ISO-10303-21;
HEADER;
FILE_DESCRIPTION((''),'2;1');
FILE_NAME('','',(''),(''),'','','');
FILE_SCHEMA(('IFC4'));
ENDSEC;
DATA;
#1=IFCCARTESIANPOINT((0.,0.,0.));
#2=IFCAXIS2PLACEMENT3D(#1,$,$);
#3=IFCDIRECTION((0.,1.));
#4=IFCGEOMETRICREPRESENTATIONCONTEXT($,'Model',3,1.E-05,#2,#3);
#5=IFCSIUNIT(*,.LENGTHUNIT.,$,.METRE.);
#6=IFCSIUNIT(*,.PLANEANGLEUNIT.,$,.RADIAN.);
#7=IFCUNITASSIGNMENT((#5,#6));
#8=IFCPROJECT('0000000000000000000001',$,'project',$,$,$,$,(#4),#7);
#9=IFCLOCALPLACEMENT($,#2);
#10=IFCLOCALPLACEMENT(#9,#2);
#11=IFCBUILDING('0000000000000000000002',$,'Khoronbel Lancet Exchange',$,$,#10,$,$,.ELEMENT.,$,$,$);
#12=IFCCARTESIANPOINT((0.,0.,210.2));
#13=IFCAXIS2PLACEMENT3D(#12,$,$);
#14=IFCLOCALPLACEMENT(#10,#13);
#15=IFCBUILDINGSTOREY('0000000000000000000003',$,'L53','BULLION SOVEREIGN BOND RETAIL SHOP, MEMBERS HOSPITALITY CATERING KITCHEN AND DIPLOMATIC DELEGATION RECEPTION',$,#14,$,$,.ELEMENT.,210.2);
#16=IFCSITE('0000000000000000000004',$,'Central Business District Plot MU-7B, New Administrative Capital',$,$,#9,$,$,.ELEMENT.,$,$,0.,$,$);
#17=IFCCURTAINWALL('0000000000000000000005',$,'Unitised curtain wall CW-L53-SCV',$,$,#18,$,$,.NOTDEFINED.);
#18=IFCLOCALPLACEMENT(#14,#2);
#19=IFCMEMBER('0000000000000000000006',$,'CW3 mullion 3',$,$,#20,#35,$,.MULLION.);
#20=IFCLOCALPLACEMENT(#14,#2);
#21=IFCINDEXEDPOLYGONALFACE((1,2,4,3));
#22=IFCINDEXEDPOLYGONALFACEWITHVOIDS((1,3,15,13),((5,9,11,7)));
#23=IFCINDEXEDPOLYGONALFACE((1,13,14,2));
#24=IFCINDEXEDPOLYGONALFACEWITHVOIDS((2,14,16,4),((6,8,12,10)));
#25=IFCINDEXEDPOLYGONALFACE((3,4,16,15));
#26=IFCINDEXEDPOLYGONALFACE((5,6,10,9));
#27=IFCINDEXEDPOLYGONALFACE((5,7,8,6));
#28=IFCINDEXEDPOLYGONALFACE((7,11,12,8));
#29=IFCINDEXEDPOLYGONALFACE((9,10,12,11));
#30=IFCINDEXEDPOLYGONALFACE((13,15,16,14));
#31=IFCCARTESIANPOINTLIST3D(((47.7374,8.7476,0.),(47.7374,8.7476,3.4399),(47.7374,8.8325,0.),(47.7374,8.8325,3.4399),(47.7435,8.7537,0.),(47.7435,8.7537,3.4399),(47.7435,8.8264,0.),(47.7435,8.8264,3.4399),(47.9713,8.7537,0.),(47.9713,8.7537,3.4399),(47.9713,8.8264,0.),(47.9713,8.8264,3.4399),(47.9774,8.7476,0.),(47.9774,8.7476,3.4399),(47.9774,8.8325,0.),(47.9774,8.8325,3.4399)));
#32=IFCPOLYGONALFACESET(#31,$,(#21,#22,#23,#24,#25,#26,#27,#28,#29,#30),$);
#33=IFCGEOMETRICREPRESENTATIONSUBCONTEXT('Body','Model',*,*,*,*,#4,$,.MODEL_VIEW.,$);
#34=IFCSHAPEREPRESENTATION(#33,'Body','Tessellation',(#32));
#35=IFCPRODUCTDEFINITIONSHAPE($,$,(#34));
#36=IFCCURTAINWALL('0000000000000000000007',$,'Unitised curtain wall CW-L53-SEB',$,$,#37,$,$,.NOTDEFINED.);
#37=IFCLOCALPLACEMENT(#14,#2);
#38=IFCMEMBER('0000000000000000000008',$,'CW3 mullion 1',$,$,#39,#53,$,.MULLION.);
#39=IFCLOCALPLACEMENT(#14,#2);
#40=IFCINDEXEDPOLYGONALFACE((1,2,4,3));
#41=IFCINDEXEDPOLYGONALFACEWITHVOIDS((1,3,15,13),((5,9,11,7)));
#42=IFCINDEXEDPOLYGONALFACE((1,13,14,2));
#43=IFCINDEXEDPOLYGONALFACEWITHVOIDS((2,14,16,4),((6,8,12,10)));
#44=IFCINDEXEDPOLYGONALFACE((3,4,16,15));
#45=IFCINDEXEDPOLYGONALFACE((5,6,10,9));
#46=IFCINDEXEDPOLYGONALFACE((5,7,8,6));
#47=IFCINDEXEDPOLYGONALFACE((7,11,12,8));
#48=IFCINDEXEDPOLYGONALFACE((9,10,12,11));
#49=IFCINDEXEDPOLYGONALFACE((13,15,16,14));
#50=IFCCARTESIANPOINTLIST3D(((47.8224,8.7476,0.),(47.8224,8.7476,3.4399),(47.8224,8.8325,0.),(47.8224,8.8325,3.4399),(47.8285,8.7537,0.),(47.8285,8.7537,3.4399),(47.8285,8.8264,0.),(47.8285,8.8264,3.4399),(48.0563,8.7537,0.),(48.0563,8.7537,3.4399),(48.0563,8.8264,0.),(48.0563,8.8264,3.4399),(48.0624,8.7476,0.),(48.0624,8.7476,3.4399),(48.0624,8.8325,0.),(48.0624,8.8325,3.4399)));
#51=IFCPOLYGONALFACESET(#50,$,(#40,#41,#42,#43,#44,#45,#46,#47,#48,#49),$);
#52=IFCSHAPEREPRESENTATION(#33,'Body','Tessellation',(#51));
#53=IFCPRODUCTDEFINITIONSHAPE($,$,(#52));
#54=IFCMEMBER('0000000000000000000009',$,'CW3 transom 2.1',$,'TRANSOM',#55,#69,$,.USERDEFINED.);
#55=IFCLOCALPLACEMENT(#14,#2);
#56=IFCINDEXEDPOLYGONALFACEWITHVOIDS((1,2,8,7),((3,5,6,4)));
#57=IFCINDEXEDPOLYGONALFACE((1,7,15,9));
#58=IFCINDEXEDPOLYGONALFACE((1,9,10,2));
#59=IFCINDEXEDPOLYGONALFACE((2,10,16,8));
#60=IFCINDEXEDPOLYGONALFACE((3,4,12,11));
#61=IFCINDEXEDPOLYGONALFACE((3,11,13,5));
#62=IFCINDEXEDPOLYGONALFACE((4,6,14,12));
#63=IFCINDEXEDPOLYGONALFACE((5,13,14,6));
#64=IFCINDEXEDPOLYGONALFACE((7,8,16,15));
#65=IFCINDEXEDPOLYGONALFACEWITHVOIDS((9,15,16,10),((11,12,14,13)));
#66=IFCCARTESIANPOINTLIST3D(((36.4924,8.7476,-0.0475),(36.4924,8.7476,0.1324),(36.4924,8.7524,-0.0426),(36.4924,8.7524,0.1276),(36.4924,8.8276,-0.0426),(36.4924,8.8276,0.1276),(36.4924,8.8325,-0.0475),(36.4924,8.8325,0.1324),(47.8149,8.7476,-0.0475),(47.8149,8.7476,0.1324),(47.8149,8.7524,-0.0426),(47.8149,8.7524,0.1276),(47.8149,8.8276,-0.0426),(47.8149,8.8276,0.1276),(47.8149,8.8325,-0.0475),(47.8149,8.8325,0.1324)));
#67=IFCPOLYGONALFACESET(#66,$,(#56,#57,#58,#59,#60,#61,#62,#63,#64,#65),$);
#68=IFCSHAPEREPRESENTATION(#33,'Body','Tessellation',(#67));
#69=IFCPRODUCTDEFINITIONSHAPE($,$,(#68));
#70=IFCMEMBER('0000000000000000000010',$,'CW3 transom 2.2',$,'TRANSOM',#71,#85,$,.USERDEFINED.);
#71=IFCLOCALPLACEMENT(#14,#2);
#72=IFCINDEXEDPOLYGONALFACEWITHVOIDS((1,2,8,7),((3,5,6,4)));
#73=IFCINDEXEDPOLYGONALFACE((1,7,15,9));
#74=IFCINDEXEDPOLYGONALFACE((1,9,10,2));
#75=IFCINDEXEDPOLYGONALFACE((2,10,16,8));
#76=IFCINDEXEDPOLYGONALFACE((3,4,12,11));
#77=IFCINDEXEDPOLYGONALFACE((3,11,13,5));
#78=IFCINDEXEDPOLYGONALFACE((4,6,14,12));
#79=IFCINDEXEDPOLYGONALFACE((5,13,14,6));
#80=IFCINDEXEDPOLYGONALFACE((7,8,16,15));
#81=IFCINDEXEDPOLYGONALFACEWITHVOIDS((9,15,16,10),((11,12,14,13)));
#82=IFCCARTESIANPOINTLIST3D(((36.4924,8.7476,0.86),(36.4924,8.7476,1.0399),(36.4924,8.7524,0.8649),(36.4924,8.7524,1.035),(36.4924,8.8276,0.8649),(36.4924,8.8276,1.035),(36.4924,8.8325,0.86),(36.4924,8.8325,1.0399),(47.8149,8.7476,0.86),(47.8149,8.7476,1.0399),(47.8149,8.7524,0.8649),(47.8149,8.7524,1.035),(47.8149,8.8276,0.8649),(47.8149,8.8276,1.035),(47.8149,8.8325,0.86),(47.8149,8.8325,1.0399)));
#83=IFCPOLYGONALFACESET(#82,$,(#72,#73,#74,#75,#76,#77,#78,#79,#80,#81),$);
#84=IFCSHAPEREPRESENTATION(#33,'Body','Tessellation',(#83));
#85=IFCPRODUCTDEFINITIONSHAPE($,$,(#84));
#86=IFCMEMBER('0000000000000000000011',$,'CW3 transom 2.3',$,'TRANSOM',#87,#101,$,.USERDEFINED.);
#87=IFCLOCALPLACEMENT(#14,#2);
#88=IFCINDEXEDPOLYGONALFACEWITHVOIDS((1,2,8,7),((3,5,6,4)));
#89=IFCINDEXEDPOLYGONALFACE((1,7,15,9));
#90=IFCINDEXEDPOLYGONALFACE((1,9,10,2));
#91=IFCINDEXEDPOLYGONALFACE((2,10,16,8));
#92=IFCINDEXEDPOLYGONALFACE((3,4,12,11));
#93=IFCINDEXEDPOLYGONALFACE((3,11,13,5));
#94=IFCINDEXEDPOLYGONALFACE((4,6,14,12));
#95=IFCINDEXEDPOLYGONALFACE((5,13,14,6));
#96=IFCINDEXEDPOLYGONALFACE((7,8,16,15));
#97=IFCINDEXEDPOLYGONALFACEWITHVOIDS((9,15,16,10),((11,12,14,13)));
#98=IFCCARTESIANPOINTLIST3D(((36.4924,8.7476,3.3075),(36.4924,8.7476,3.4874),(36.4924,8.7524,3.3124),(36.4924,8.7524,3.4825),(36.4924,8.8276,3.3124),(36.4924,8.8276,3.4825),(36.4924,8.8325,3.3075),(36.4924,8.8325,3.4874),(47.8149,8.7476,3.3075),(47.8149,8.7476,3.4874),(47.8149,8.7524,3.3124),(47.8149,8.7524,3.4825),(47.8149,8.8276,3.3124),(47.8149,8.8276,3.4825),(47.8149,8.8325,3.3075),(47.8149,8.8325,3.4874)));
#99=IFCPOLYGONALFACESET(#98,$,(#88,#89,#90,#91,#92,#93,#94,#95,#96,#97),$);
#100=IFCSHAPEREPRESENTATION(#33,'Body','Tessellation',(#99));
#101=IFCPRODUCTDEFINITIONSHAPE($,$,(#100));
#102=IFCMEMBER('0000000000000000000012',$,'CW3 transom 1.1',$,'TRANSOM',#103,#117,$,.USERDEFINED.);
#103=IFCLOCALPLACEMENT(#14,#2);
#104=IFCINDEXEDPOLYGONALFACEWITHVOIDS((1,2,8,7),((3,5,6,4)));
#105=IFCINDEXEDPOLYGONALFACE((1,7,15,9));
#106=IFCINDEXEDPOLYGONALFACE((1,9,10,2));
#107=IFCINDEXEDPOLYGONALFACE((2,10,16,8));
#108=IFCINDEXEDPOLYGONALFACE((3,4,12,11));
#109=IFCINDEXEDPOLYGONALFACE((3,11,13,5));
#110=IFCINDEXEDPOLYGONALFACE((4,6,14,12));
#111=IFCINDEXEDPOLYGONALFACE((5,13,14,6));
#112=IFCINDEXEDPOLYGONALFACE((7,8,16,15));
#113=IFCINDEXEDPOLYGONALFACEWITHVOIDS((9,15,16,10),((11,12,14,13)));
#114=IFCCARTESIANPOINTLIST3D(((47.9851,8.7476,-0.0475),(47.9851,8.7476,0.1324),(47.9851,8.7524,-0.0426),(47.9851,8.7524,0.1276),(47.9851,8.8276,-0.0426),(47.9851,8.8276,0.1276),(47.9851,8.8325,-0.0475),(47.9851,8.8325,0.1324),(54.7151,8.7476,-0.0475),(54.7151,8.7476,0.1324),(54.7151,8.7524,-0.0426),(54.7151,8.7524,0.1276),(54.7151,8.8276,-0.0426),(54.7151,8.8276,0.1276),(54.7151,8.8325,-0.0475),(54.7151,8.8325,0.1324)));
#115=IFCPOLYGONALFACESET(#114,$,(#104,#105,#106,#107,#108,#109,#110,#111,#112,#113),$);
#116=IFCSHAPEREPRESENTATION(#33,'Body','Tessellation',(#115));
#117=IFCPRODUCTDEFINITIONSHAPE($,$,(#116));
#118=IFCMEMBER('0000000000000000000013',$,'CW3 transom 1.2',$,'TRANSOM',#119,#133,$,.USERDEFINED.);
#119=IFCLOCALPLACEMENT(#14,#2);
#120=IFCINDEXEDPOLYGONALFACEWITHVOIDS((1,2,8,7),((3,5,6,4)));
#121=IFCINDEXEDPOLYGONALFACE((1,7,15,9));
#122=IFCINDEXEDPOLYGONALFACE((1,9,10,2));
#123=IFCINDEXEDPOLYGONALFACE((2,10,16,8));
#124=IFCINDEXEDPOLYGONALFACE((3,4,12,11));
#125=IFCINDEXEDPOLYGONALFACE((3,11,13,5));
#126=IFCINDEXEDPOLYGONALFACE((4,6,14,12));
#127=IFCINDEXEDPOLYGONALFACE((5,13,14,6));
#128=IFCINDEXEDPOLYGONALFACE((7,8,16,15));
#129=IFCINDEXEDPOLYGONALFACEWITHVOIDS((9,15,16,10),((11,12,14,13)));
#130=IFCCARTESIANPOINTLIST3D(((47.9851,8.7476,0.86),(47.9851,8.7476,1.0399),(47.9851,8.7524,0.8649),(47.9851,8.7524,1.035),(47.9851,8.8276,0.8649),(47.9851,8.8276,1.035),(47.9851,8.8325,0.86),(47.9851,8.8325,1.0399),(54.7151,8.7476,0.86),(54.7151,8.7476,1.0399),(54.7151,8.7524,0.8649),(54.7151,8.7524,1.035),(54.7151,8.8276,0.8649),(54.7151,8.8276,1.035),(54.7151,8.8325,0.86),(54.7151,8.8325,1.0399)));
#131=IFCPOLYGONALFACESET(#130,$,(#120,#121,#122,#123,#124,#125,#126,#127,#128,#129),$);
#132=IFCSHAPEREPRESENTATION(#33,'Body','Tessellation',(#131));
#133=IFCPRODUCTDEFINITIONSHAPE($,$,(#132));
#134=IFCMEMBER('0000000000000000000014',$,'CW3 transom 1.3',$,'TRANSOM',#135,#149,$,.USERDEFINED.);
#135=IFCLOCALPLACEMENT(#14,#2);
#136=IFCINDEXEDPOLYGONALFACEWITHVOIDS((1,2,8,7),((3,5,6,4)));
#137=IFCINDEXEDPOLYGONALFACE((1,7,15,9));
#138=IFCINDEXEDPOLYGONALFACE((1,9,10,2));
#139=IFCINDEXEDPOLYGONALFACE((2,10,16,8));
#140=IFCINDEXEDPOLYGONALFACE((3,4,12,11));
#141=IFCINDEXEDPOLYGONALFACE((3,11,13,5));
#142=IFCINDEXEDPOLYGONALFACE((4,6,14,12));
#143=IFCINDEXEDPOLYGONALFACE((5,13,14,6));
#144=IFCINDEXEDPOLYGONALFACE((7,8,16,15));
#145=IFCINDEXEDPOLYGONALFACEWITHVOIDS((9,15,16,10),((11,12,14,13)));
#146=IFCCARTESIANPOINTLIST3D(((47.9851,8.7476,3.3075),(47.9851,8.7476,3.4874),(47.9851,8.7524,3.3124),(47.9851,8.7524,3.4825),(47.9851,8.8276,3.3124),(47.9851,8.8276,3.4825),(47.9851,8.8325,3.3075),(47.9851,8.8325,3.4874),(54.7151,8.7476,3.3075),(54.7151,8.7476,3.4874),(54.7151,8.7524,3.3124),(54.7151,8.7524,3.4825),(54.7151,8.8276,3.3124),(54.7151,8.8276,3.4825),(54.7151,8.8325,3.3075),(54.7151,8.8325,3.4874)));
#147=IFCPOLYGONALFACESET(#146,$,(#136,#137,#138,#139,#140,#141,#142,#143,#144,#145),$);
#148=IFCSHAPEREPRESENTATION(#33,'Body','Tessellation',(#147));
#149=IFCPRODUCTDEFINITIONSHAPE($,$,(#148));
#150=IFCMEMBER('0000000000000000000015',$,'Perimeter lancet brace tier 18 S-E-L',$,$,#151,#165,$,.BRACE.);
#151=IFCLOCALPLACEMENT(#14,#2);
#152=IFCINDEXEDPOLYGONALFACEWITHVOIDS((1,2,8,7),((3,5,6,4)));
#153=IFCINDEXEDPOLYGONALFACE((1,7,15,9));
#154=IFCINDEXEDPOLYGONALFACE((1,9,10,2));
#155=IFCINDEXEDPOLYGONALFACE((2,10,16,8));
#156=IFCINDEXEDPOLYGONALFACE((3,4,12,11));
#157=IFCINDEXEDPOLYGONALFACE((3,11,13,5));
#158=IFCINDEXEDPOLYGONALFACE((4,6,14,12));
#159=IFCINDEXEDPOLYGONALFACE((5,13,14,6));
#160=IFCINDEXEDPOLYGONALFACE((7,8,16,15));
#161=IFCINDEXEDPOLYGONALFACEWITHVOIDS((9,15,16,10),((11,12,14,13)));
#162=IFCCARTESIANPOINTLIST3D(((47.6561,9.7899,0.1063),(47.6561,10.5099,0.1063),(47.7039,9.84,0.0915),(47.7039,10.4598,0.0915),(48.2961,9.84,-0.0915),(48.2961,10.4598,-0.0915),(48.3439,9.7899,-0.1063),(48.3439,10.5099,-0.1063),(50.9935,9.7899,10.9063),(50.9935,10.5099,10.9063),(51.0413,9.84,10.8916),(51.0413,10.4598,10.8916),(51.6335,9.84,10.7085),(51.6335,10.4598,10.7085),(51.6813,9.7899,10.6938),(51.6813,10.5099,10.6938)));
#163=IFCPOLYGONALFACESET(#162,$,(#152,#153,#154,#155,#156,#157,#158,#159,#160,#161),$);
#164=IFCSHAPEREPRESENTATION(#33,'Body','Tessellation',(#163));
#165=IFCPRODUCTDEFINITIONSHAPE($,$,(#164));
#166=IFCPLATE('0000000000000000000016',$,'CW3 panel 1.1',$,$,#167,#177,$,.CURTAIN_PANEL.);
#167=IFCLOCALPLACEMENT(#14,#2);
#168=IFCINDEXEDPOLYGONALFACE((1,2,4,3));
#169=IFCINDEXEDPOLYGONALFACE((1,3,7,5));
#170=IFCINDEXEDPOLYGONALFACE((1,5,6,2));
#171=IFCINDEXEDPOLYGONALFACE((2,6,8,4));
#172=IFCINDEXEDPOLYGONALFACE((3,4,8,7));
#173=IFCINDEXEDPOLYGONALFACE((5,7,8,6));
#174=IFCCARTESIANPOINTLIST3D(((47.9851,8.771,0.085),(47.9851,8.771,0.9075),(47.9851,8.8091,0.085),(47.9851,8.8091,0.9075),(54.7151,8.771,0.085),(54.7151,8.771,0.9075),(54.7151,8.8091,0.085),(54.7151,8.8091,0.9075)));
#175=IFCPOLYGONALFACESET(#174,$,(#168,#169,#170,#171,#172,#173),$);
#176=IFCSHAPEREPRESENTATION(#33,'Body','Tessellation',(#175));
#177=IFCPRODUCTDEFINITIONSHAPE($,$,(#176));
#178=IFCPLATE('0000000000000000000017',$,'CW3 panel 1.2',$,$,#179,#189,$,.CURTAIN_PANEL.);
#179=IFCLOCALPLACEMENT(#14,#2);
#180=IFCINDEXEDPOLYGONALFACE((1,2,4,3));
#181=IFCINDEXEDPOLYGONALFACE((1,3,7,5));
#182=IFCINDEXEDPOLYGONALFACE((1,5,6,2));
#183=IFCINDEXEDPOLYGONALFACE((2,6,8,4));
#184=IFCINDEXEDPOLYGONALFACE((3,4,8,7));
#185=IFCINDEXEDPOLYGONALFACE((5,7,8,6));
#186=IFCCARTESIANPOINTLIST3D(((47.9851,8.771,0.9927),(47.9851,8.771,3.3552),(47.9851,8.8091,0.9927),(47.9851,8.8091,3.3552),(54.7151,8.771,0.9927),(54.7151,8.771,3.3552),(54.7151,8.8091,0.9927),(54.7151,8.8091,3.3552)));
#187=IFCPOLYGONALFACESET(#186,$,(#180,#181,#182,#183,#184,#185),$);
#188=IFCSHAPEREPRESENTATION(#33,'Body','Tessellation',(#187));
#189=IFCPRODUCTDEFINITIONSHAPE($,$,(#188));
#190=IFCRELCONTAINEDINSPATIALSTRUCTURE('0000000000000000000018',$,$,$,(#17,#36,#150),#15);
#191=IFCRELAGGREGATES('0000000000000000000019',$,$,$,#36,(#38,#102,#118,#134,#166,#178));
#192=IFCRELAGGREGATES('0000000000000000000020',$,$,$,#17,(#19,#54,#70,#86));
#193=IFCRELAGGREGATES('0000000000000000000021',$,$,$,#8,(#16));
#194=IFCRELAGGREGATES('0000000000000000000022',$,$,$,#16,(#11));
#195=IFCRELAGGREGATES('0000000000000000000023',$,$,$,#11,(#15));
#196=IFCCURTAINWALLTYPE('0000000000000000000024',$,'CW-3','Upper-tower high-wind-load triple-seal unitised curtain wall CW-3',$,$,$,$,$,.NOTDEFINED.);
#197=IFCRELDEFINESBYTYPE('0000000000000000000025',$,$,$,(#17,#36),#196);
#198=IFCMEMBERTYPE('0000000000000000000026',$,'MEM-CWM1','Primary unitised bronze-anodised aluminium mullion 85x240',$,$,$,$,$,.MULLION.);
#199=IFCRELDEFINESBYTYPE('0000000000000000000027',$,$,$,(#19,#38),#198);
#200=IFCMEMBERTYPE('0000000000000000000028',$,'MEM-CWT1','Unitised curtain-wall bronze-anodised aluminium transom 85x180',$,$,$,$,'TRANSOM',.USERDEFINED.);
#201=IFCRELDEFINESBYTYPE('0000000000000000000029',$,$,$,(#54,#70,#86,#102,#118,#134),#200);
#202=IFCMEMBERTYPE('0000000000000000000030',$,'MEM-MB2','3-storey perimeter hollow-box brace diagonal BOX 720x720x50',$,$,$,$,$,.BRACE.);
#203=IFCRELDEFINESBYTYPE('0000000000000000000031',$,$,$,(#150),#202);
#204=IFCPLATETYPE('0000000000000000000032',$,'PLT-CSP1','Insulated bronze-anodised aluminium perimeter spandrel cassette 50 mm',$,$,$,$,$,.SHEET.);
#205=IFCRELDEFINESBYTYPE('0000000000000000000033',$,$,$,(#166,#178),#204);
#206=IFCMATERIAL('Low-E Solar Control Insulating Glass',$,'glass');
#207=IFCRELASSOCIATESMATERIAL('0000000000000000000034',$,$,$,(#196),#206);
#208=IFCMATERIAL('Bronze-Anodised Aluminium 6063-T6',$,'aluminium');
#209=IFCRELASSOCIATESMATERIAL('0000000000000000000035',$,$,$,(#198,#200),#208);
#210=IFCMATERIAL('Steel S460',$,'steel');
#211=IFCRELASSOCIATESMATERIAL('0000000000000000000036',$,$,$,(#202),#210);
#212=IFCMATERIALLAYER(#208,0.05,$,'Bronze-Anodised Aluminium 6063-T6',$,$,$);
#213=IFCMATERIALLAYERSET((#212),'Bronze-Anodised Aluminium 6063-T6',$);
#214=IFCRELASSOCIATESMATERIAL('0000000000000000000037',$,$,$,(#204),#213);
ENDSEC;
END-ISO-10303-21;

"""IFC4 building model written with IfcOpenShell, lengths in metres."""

from ifc_helpers import new_model, si_unit, direction, frame, origin, origin_2d, place, context, subcontext, project, spatial, rectangle, hollow_rectangle, extrude, material, layer, layer_set, material_profile, profile_set, type_object, element, aggregate, save


model = new_model("IFC4")

# Units and contexts
model_context = context("Model", 3, precision=1e-05, world=origin(), true_north=direction((0.0, 1.0)))
body_context = subcontext(model_context, "Body", "Model", "MODEL_VIEW")
ifc_project = project(units=[si_unit("LENGTHUNIT", "METRE"), si_unit("PLANEANGLEUNIT", "RADIAN")], contexts=[model_context])

# Site, building, storey
site_placement = place(None, origin())
site = spatial("IfcSite", under=ifc_project, at=site_placement, Name="Central Business District Plot MU-7B, New Administrative Capital", CompositionType="ELEMENT", RefElevation=0.0)
building_placement = place(site_placement, origin())
building = spatial("IfcBuilding", under=site, at=building_placement, Name="Khoronbel Lancet Exchange", CompositionType="ELEMENT")
storey_placement = place(building_placement, frame((0.0, 0.0, 210.2)))
storey = spatial("IfcBuildingStorey", under=building, at=storey_placement, Name="L53", Description="BULLION SOVEREIGN BOND RETAIL SHOP, MEMBERS HOSPITALITY CATERING KITCHEN AND DIPLOMATIC DELEGATION RECEPTION", CompositionType="ELEMENT", Elevation=210.2)

# Shared definitions
ifc_material_1 = material(Name="Steel S460", Category="steel")

# Curtain wall, member
ifc_material_2 = material(Name="Low-E Solar Control Insulating Glass", Category="glass")
curtain_wall_type = type_object("IfcCurtainWallType", Name="CW-3", Description="Upper-tower high-wind-load triple-seal unitised curtain wall CW-3", PredefinedType="NOTDEFINED", material=ifc_material_2)
curtain_wall_1_placement = place(storey_placement, origin())
curtain_wall_1 = element("IfcCurtainWall", 1, at=curtain_wall_1_placement, inside=storey, type_object=curtain_wall_type, Name="Unitised curtain wall CW-L53-SCV", PredefinedType="NOTDEFINED")
ifc_material_3 = material(Name="Bronze-Anodised Aluminium 6063-T6", Category="aluminium")
ifc_material_profile_1 = material_profile(ifc_material_3, hollow_rectangle(XDim=0.085, YDim=0.24, WallThickness=0.0061, at=origin_2d()), Name="ALU MULLION 85x240")
ifc_profile_set_1 = profile_set([ifc_material_profile_1], Name="Bronze-Anodised Aluminium 6063-T6")
member_type_1 = type_object("IfcMemberType", Name="MEM-CWM1", Description="Primary unitised bronze-anodised aluminium mullion 85x240", PredefinedType="MULLION", material=ifc_profile_set_1)
member_1_placement = place(storey_placement, frame((47.8574, 8.79, 0.0), z_axis=(0.0, 0.0, 1.0), x_axis=(0.0, 1.0, 0.0)))
member_1 = element("IfcMember", 2, at=member_1_placement, type_object=member_type_1, Name="CW3 mullion 3", PredefinedType="MULLION", context=body_context, shape_type="SweptSolid", body=[
    extrude(hollow_rectangle(XDim=0.085, YDim=0.24, WallThickness=0.0061, at=origin_2d()), origin(), (0.0, 0.0, 1.0), 3.4399),
])

# Curtain wall, member
curtain_wall_2_placement = place(storey_placement, origin())
curtain_wall_2 = element("IfcCurtainWall", 3, at=curtain_wall_2_placement, inside=storey, type_object=curtain_wall_type, Name="Unitised curtain wall CW-L53-SEB", PredefinedType="NOTDEFINED")
member_2_placement = place(storey_placement, frame((47.9424, 8.79, 0.0), z_axis=(0.0, 0.0, 1.0), x_axis=(0.0, 1.0, 0.0)))
member_2 = element("IfcMember", 4, at=member_2_placement, type_object=member_type_1, Name="CW3 mullion 1", PredefinedType="MULLION", context=body_context, shape_type="SweptSolid", body=[
    extrude(hollow_rectangle(XDim=0.085, YDim=0.24, WallThickness=0.0061, at=origin_2d()), origin(), (0.0, 0.0, 1.0), 3.4399),
])

# Members
ifc_material_profile_2 = material_profile(ifc_material_3, hollow_rectangle(XDim=0.085, YDim=0.1799, WallThickness=0.0049, at=origin_2d()), Name="ALU TRANSOM 85x180")
ifc_profile_set_2 = profile_set([ifc_material_profile_2], Name="Bronze-Anodised Aluminium 6063-T6")
member_type_2 = type_object("IfcMemberType", Name="MEM-CWT1", Description="Unitised curtain-wall bronze-anodised aluminium transom 85x180", ElementType="TRANSOM", PredefinedType="USERDEFINED", material=ifc_profile_set_2)
member_3_placement = place(storey_placement, frame((36.4924, 8.79, 0.0425), z_axis=(1.0, 0.0, 0.0), x_axis=(0.0, 1.0, 0.0)))
member_3 = element("IfcMember", 5, at=member_3_placement, type_object=member_type_2, Name="CW3 transom 2.1", ObjectType="TRANSOM", PredefinedType="USERDEFINED", context=body_context, shape_type="SweptSolid", body=[
    extrude(hollow_rectangle(XDim=0.085, YDim=0.1799, WallThickness=0.0049, at=origin_2d()), origin(), (0.0, 0.0, 1.0), 11.3225),
])
member_4_placement = place(storey_placement, frame((36.4924, 8.79, 0.95), z_axis=(1.0, 0.0, 0.0), x_axis=(0.0, 1.0, 0.0)))
member_4 = element("IfcMember", 6, at=member_4_placement, type_object=member_type_2, Name="CW3 transom 2.2", ObjectType="TRANSOM", PredefinedType="USERDEFINED", context=body_context, shape_type="SweptSolid", body=[
    extrude(hollow_rectangle(XDim=0.085, YDim=0.1799, WallThickness=0.0049, at=origin_2d()), origin(), (0.0, 0.0, 1.0), 11.3225),
])
member_5_placement = place(storey_placement, frame((36.4924, 8.79, 3.3975), z_axis=(1.0, 0.0, 0.0), x_axis=(0.0, 1.0, 0.0)))
member_5 = element("IfcMember", 7, at=member_5_placement, type_object=member_type_2, Name="CW3 transom 2.3", ObjectType="TRANSOM", PredefinedType="USERDEFINED", context=body_context, shape_type="SweptSolid", body=[
    extrude(hollow_rectangle(XDim=0.085, YDim=0.1799, WallThickness=0.0049, at=origin_2d()), origin(), (0.0, 0.0, 1.0), 11.3225),
])
member_6_placement = place(storey_placement, frame((47.9851, 8.79, 0.0425), z_axis=(1.0, 0.0, 0.0), x_axis=(0.0, 1.0, 0.0)))
member_6 = element("IfcMember", 8, at=member_6_placement, type_object=member_type_2, Name="CW3 transom 1.1", ObjectType="TRANSOM", PredefinedType="USERDEFINED", context=body_context, shape_type="SweptSolid", body=[
    extrude(hollow_rectangle(XDim=0.085, YDim=0.1799, WallThickness=0.0049, at=origin_2d()), origin(), (0.0, 0.0, 1.0), 6.73),
])
member_7_placement = place(storey_placement, frame((47.9851, 8.79, 0.95), z_axis=(1.0, 0.0, 0.0), x_axis=(0.0, 1.0, 0.0)))
member_7 = element("IfcMember", 9, at=member_7_placement, type_object=member_type_2, Name="CW3 transom 1.2", ObjectType="TRANSOM", PredefinedType="USERDEFINED", context=body_context, shape_type="SweptSolid", body=[
    extrude(hollow_rectangle(XDim=0.085, YDim=0.1799, WallThickness=0.0049, at=origin_2d()), origin(), (0.0, 0.0, 1.0), 6.73),
])
member_8_placement = place(storey_placement, frame((47.9851, 8.79, 3.3975), z_axis=(1.0, 0.0, 0.0), x_axis=(0.0, 1.0, 0.0)))
member_8 = element("IfcMember", 10, at=member_8_placement, type_object=member_type_2, Name="CW3 transom 1.3", ObjectType="TRANSOM", PredefinedType="USERDEFINED", context=body_context, shape_type="SweptSolid", body=[
    extrude(hollow_rectangle(XDim=0.085, YDim=0.1799, WallThickness=0.0049, at=origin_2d()), origin(), (0.0, 0.0, 1.0), 6.73),
])
ifc_material_profile_3 = material_profile(ifc_material_1, hollow_rectangle(XDim=0.72, YDim=0.72, WallThickness=0.05, at=origin_2d()), Name="BOX 720x720x50")
ifc_profile_set_3 = profile_set([ifc_material_profile_3], Name="Steel S460")
member_type_3 = type_object("IfcMemberType", Name="MEM-MB2", Description="3-storey perimeter hollow-box brace diagonal BOX 720x720x50", PredefinedType="BRACE", material=ifc_profile_set_3)
member_9_placement = place(storey_placement, frame((48.0, 10.1499, 0.0), z_axis=(0.295242, 0.0, 0.955422), x_axis=(0.0, 1.0, 0.0)))
element("IfcMember", 11, at=member_9_placement, inside=storey, type_object=member_type_3, Name="Perimeter lancet brace tier 18 S-E-L", PredefinedType="BRACE", context=body_context, shape_type="SweptSolid", body=[
    extrude(hollow_rectangle(XDim=0.72, YDim=0.72, WallThickness=0.05, at=origin_2d()), origin(), (0.0, 0.0, 1.0), 11.304),
])

# Plates
ifc_layer_1 = layer(ifc_material_3, 0.05, Name="Bronze-Anodised Aluminium 6063-T6")
ifc_layer_set_1 = layer_set([ifc_layer_1], Name="Bronze-Anodised Aluminium 6063-T6")
plate_type_1 = type_object("IfcPlateType", Name="PLT-CSP1", Description="Insulated bronze-anodised aluminium perimeter spandrel cassette 50 mm", PredefinedType="SHEET", material=ifc_layer_set_1)
plate_1_placement = place(storey_placement, frame((51.3501, 8.79, 0.085), z_axis=(0.0, 0.0, 1.0), x_axis=(1.0, 0.0, 0.0)))
plate_1 = element("IfcPlate", 12, at=plate_1_placement, type_object=plate_type_1, Name="CW3 panel 1.1", PredefinedType="CURTAIN_PANEL", context=body_context, shape_type="SweptSolid", body=[
    extrude(rectangle(XDim=6.73, YDim=0.0381, at=origin_2d()), origin(), (0.0, 0.0, 1.0), 0.8225),
])
plate_2_placement = place(storey_placement, frame((51.3501, 8.79, 0.9927), z_axis=(0.0, 0.0, 1.0), x_axis=(1.0, 0.0, 0.0)))
plate_2 = element("IfcPlate", 13, at=plate_2_placement, type_object=plate_type_1, Name="CW3 panel 1.2", PredefinedType="CURTAIN_PANEL", context=body_context, shape_type="SweptSolid", body=[
    extrude(rectangle(XDim=6.73, YDim=0.0381, at=origin_2d()), origin(), (0.0, 0.0, 1.0), 2.3625),
])
aggregate(curtain_wall_2, [member_2, member_6, member_7, member_8, plate_1, plate_2])
aggregate(curtain_wall_1, [member_1, member_3, member_4, member_5])

save(model, "model.ifc")
